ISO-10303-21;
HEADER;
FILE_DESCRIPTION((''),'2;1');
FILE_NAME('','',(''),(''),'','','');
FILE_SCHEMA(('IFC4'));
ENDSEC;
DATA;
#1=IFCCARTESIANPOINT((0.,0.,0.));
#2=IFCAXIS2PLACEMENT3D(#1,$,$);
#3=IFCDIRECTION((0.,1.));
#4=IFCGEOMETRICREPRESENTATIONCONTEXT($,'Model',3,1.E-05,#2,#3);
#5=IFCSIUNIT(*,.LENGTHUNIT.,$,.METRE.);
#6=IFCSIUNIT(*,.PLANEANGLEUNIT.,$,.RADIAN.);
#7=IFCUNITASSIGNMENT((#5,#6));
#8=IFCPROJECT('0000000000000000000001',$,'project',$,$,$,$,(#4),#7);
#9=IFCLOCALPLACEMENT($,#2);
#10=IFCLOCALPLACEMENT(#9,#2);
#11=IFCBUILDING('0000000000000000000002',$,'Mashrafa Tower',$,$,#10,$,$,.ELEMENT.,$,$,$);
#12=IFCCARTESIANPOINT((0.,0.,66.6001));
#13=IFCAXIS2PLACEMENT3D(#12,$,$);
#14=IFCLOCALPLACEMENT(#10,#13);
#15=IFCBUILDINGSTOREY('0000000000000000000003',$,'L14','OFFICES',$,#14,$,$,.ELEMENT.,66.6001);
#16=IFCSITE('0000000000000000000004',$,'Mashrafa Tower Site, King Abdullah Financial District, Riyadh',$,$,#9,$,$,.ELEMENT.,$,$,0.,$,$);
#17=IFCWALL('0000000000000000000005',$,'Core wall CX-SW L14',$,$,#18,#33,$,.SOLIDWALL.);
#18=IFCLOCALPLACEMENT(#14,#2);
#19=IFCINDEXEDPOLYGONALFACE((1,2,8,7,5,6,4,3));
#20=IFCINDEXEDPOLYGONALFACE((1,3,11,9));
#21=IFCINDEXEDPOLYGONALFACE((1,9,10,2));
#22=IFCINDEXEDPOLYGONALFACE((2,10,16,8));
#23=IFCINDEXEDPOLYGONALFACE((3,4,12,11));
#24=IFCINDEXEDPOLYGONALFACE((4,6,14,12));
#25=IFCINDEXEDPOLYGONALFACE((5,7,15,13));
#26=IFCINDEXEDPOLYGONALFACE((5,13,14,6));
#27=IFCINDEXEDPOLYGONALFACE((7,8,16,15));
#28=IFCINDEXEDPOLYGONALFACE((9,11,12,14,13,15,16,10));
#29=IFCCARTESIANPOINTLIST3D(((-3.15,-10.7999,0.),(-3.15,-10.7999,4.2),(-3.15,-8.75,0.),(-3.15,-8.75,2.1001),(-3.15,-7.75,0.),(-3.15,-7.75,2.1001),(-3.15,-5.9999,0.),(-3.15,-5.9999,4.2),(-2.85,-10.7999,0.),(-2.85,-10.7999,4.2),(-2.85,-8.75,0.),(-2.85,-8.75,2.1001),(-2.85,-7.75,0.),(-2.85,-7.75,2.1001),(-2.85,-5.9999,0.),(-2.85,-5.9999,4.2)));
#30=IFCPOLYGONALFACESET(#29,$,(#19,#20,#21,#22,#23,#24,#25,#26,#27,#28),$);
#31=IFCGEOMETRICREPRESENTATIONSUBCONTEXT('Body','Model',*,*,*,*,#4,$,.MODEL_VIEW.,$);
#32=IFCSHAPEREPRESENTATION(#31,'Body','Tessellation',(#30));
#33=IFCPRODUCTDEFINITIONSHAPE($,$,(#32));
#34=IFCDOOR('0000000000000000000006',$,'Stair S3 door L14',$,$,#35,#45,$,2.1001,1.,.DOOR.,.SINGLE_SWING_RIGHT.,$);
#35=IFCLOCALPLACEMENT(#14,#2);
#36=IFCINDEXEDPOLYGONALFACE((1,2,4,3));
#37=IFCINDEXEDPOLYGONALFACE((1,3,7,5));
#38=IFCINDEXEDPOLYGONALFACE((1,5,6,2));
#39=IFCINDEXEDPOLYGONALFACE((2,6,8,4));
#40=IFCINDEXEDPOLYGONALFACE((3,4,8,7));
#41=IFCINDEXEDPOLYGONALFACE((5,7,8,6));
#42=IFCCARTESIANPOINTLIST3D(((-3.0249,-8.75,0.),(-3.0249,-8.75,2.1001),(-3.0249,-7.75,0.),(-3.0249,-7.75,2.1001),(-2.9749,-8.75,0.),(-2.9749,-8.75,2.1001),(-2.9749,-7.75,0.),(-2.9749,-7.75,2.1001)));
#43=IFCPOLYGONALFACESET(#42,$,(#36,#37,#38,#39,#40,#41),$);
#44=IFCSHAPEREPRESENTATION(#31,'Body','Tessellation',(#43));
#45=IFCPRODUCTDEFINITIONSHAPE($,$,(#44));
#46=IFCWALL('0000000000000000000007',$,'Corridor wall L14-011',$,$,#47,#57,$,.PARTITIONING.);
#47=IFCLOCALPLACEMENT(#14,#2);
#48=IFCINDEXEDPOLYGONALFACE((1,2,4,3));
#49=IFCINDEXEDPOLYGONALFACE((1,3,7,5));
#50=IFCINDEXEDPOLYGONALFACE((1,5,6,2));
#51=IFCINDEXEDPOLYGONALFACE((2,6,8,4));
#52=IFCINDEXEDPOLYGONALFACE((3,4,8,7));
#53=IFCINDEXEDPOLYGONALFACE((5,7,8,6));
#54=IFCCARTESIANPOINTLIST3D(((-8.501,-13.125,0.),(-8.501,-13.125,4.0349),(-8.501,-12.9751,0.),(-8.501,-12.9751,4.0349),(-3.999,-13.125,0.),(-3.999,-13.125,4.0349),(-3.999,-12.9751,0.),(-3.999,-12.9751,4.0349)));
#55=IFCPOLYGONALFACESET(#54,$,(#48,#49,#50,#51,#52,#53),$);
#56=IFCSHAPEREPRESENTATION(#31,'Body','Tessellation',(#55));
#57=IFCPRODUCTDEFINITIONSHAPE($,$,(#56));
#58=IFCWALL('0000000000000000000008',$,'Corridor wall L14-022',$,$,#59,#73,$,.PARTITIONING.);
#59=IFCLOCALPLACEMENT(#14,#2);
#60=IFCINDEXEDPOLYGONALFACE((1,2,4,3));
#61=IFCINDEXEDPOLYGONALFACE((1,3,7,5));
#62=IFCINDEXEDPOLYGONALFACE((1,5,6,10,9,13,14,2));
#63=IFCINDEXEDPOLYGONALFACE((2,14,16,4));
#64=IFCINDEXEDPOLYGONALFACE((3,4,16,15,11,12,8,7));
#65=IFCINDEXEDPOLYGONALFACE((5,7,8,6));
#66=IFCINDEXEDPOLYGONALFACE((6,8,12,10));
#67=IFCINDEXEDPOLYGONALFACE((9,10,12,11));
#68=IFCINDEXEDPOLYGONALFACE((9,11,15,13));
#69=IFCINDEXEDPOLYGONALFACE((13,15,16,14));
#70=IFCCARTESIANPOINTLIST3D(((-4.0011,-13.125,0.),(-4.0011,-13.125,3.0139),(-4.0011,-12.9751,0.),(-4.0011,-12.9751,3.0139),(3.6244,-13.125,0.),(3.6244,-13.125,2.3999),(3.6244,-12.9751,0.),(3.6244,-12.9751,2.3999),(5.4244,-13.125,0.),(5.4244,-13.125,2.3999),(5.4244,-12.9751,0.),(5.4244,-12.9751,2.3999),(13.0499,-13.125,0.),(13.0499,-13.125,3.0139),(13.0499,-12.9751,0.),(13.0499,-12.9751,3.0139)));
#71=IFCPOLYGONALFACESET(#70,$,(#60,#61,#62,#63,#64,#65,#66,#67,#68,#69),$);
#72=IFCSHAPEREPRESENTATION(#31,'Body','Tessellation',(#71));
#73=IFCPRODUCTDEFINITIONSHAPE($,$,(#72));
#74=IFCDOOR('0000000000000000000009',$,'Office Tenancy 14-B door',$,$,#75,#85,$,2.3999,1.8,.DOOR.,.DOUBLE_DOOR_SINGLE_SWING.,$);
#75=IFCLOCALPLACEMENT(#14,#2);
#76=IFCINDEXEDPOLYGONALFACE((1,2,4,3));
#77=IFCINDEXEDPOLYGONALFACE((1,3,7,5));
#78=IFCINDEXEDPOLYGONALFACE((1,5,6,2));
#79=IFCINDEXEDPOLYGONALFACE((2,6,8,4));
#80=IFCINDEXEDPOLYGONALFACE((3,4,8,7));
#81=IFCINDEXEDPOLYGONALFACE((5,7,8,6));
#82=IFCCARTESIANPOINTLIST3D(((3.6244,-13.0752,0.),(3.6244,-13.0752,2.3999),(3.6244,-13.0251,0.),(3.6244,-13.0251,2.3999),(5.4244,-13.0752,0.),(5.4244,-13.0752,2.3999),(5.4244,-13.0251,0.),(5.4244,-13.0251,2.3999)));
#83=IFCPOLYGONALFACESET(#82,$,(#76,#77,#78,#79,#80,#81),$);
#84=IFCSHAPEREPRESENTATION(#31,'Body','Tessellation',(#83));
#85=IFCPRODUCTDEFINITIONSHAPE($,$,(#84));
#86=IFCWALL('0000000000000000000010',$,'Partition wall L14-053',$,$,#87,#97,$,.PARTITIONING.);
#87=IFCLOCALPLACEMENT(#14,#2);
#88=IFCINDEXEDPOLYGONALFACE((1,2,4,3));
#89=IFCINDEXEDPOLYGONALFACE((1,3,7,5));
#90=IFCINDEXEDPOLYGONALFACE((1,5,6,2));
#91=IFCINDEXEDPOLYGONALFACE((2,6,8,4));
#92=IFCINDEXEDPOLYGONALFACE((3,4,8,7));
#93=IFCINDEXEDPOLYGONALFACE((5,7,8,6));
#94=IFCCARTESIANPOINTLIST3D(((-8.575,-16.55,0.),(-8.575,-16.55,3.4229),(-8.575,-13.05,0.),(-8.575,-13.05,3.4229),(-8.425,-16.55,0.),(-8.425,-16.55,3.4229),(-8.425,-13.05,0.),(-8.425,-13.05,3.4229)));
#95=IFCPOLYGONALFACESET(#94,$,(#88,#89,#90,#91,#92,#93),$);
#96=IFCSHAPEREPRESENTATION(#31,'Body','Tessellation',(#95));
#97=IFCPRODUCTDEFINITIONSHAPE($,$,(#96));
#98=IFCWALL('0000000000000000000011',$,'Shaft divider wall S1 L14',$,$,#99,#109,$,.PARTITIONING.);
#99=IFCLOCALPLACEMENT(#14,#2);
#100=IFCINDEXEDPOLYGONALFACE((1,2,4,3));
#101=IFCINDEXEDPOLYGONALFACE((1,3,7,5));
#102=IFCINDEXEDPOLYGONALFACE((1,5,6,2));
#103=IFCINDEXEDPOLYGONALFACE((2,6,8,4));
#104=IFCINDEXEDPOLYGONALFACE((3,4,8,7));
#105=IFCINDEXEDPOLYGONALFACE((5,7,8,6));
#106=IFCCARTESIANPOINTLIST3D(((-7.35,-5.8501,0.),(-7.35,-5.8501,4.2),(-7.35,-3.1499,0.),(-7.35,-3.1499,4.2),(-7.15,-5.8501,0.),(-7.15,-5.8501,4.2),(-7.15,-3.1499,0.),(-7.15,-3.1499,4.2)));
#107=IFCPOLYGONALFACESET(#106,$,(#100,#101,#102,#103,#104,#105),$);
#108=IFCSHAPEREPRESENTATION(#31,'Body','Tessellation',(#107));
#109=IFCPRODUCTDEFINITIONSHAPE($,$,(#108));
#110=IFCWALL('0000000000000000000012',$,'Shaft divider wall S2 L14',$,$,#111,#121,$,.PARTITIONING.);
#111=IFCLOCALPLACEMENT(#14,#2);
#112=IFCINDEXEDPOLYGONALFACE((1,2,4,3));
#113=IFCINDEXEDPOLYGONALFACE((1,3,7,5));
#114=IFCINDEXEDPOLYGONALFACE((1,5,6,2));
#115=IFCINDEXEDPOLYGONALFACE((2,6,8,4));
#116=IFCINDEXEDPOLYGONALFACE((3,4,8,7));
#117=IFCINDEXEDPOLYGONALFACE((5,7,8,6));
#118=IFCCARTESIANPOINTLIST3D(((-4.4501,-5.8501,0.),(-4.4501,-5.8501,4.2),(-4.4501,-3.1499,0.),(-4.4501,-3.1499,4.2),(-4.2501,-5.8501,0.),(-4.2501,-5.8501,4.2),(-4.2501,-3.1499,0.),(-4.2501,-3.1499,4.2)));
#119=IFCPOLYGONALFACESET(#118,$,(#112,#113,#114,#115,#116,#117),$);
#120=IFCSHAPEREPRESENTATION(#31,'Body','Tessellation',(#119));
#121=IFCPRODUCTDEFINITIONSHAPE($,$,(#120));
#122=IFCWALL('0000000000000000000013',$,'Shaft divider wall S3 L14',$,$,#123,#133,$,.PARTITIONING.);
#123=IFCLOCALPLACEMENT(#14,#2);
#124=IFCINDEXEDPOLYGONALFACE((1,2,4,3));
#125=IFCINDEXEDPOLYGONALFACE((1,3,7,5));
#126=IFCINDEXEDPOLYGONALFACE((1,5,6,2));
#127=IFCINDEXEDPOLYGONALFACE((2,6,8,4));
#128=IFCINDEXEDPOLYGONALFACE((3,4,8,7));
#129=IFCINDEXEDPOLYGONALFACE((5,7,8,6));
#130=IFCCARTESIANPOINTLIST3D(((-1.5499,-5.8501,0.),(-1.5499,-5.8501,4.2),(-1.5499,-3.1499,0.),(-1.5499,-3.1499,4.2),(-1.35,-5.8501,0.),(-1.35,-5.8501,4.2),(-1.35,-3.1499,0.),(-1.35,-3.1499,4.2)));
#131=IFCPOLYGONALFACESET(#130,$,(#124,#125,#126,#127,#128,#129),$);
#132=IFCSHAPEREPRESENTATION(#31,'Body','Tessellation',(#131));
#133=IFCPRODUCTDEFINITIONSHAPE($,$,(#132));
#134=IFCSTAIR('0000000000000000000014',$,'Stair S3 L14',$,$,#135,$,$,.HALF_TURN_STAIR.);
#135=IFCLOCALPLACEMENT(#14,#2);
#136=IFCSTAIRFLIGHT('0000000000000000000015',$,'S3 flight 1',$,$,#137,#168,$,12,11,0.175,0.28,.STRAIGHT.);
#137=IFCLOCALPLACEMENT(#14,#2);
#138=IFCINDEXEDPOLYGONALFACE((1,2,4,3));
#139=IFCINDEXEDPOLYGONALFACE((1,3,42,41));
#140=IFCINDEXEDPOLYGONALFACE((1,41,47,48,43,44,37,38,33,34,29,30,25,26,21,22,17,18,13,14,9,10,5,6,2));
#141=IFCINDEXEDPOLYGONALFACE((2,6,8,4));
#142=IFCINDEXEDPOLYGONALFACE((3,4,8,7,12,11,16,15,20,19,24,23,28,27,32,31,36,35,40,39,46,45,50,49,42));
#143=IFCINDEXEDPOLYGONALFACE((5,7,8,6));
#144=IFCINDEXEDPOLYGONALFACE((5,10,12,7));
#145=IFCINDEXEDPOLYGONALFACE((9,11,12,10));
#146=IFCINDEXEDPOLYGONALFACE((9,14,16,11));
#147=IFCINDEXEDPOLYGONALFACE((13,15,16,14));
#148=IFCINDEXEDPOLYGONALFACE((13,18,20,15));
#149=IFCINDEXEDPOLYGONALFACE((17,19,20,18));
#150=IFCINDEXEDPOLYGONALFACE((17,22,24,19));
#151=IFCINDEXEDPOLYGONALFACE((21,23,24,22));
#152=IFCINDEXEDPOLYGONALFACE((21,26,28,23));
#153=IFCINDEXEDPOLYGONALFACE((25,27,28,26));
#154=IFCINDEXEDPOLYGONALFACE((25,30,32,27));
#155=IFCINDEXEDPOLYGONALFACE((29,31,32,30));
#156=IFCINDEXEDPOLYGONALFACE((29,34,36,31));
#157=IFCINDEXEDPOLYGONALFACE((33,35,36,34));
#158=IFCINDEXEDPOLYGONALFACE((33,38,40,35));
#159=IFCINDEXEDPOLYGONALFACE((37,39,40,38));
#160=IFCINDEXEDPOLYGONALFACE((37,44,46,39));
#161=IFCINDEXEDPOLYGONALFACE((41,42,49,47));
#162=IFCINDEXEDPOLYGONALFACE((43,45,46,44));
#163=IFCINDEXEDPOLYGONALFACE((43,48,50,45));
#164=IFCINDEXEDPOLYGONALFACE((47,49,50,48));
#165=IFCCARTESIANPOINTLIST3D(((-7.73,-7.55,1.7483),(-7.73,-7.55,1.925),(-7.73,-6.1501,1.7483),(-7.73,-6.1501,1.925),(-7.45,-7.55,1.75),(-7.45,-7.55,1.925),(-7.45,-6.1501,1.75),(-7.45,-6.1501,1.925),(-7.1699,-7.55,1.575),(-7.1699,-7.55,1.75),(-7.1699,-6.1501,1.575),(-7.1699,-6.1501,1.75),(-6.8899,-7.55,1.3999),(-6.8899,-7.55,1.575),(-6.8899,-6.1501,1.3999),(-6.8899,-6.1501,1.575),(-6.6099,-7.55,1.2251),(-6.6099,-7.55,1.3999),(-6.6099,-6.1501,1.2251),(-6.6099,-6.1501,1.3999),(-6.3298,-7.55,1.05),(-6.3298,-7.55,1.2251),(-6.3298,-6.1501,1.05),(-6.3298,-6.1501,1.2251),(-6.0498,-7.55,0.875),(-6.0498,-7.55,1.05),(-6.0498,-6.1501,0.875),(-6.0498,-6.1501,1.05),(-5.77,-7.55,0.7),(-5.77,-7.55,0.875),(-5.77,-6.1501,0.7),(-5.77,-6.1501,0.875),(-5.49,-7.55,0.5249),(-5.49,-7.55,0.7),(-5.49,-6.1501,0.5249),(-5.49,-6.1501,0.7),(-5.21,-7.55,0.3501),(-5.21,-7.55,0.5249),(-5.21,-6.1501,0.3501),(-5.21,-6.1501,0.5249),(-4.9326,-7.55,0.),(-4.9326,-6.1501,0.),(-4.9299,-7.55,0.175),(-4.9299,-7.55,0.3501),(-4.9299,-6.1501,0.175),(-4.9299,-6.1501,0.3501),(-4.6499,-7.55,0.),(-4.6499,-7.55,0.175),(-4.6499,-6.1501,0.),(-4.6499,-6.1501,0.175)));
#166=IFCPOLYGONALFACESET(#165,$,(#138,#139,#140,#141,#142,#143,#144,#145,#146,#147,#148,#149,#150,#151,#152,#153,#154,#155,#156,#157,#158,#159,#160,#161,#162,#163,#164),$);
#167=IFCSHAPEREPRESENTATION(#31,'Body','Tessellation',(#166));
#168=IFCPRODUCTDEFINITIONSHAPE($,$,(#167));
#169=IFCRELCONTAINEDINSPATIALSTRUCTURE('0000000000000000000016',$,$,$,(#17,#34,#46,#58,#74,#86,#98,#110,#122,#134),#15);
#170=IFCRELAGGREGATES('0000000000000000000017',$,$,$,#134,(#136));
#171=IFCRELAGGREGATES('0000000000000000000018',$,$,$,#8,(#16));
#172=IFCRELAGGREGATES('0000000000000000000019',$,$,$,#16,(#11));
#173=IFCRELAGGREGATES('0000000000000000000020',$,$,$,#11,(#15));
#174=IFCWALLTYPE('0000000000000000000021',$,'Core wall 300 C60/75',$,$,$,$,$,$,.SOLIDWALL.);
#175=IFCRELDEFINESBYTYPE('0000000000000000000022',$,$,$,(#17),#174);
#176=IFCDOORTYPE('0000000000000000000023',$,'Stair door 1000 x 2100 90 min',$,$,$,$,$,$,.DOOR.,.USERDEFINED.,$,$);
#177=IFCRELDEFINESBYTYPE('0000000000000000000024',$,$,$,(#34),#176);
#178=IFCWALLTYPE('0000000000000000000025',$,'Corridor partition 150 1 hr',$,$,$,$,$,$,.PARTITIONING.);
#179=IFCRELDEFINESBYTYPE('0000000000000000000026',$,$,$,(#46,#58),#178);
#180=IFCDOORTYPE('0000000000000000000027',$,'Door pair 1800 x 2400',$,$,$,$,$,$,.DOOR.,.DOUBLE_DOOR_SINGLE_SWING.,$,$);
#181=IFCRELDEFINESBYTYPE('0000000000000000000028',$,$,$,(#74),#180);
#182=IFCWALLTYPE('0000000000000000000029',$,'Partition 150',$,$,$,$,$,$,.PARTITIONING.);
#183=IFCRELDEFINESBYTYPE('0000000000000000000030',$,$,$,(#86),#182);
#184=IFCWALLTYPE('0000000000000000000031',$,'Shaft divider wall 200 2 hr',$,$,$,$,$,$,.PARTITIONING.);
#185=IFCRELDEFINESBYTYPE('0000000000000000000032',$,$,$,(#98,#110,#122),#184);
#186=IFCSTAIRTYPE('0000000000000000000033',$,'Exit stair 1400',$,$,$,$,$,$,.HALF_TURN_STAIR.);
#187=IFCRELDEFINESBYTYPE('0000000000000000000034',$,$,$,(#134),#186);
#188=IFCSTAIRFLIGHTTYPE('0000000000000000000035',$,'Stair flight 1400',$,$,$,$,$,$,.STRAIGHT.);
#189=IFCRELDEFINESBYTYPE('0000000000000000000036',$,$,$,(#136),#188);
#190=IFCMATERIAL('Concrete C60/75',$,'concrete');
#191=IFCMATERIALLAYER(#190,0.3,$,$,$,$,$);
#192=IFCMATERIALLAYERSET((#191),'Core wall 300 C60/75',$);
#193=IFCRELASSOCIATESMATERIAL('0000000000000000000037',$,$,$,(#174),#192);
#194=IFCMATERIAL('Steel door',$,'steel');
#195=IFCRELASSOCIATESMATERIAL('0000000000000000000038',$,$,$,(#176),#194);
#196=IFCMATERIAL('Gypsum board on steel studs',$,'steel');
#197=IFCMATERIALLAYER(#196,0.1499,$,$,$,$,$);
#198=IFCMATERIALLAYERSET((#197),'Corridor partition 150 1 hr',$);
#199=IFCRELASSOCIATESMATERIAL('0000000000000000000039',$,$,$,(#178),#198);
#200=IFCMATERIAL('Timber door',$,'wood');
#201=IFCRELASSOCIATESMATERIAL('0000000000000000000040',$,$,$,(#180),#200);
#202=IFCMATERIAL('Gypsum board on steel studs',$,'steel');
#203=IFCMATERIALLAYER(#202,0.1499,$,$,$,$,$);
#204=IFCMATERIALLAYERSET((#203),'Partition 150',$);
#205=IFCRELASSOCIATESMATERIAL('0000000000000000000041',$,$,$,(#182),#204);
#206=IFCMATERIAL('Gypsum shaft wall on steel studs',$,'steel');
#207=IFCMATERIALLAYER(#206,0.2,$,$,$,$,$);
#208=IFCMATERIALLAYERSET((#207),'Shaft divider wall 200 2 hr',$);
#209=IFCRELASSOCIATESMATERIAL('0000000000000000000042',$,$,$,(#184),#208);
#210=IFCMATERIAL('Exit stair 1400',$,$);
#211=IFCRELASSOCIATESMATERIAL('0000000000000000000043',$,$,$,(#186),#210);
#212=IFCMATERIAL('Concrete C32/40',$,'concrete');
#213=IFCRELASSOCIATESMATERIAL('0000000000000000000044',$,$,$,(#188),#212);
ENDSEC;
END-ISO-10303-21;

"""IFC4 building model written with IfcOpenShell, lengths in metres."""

from ifc_helpers import new_model, si_unit, direction, frame, frame_2d, origin, place, context, subcontext, project, spatial, polyline, rectangle, outline, extrude, material, layer, layer_set, type_object, element, fill, aggregate, save


model = new_model("IFC4")

# Units and contexts
model_context = context("Model", 3, precision=1e-05, world=origin(), true_north=direction((0.0, 1.0)))
body_context = subcontext(model_context, "Body", "Model", "MODEL_VIEW")
ifc_project = project(units=[si_unit("LENGTHUNIT", "METRE"), si_unit("PLANEANGLEUNIT", "RADIAN")], contexts=[model_context])

# Site, building, storey
site_placement = place(None, origin())
site = spatial("IfcSite", under=ifc_project, at=site_placement, Name="Mashrafa Tower Site, King Abdullah Financial District, Riyadh", CompositionType="ELEMENT", RefElevation=0.0)
building_placement = place(site_placement, origin())
building = spatial("IfcBuilding", under=site, at=building_placement, Name="Mashrafa Tower", CompositionType="ELEMENT")
storey_placement = place(building_placement, frame((0.0, 0.0, 66.6001)))
storey = spatial("IfcBuildingStorey", under=building, at=storey_placement, Name="L14", Description="OFFICES", CompositionType="ELEMENT", Elevation=66.6001)

# Shared definitions
ifc_material_1 = material(Name="Concrete C60/75", Category="concrete")
ifc_layer_1 = layer(ifc_material_1, 0.3)
ifc_layer_set_1 = layer_set([ifc_layer_1], Name="Core wall 300 C60/75")
wall_type_1 = type_object("IfcWallType", Name="Core wall 300 C60/75", PredefinedType="SOLIDWALL", material=ifc_layer_set_1)

# Wall, opening, door
wall_1_placement = place(storey_placement, frame((-3.0, -6.0, 0.0), z_axis=(0.0, 0.0, 1.0), x_axis=(0.0, -1.0, 0.0)))
wall_1 = element("IfcWall", 1, at=wall_1_placement, inside=storey, type_object=wall_type_1, Name="Core wall CX-SW L14", PredefinedType="SOLIDWALL", context=body_context, shape_type="SweptSolid", body=[
    extrude(rectangle(XDim=4.8, YDim=0.3, at=frame_2d((2.3999, 0.0))), origin(), (0.0, 0.0, 1.0), 4.2),
])
opening_1_placement = place(wall_1_placement, frame((1.75, 0.0, 0.0)))
opening_1 = element("IfcOpeningElement", 2, at=opening_1_placement, cuts=wall_1, PredefinedType="OPENING", context=body_context, shape_type="SweptSolid", body=[
    extrude(rectangle(XDim=1.0, YDim=2.1001, at=frame_2d((0.5, 1.05))), frame((0.0, 0.1599, 0.0), z_axis=(0.0, -1.0, 0.0), x_axis=(1.0, 0.0, 0.0)), (0.0, 0.0, 1.0), 0.3201),
])
ifc_material_2 = material(Name="Steel door", Category="steel")
door_type_1 = type_object("IfcDoorType", Name="Stair door 1000 x 2100 90 min", OperationType="USERDEFINED", PredefinedType="DOOR", material=ifc_material_2)
door_1_placement = place(opening_1_placement, frame((1.0, 0.0, 0.0), z_axis=(0.0, 0.0, 1.0), x_axis=(-1.0, 0.0, 0.0)))
door_1 = element("IfcDoor", 3, at=door_1_placement, inside=storey, type_object=door_type_1, Name="Stair S3 door L14", OperationType="SINGLE_SWING_RIGHT", OverallHeight=2.1001, OverallWidth=1.0, PredefinedType="DOOR", context=body_context, shape_type="SweptSolid", body=[
    extrude(rectangle(XDim=1.0, YDim=2.1001, at=frame_2d((0.5, 1.05))), frame((0.0, 0.0249, 0.0), z_axis=(0.0, -1.0, 0.0), x_axis=(1.0, 0.0, 0.0)), (0.0, 0.0, 1.0), 0.05),
])
fill(opening_1, door_1)

# Wall
ifc_material_3 = material(Name="Gypsum board on steel studs", Category="steel")
ifc_layer_2 = layer(ifc_material_3, 0.1499)
ifc_layer_set_2 = layer_set([ifc_layer_2], Name="Corridor partition 150 1 hr")
wall_type_2 = type_object("IfcWallType", Name="Corridor partition 150 1 hr", PredefinedType="PARTITIONING", material=ifc_layer_set_2)
wall_2_placement = place(storey_placement, frame((-8.501, -13.05, 0.0), z_axis=(0.0, 0.0, 1.0), x_axis=(1.0, 0.0, 0.0)))
element("IfcWall", 4, at=wall_2_placement, inside=storey, type_object=wall_type_2, Name="Corridor wall L14-011", PredefinedType="PARTITIONING", context=body_context, shape_type="SweptSolid", body=[
    extrude(rectangle(XDim=4.502, YDim=0.1499, at=frame_2d((2.251, 0.0))), origin(), (0.0, 0.0, 1.0), 4.0349),
])

# Wall, opening, door
wall_3_placement = place(storey_placement, frame((-4.001, -13.05, 0.0), z_axis=(0.0, 0.0, 1.0), x_axis=(1.0, 0.0, 0.0)))
wall_3 = element("IfcWall", 5, at=wall_3_placement, inside=storey, type_object=wall_type_2, Name="Corridor wall L14-022", PredefinedType="PARTITIONING", context=body_context, shape_type="SweptSolid", body=[
    extrude(rectangle(XDim=17.051, YDim=0.1499, at=frame_2d((8.5254, 0.0))), origin(), (0.0, 0.0, 1.0), 3.0139),
])
opening_2_placement = place(wall_3_placement, frame((7.6255, 0.0, 0.0)))
opening_2 = element("IfcOpeningElement", 6, at=opening_2_placement, cuts=wall_3, PredefinedType="OPENING", context=body_context, shape_type="SweptSolid", body=[
    extrude(rectangle(XDim=1.8, YDim=2.3999, at=frame_2d((0.8999, 1.2))), frame((0.0, 0.085, 0.0), z_axis=(0.0, -1.0, 0.0), x_axis=(1.0, 0.0, 0.0)), (0.0, 0.0, 1.0), 0.1699),
])
ifc_material_4 = material(Name="Timber door", Category="wood")
door_type_2 = type_object("IfcDoorType", Name="Door pair 1800 x 2400", OperationType="DOUBLE_DOOR_SINGLE_SWING", PredefinedType="DOOR", material=ifc_material_4)
door_2_placement = place(opening_2_placement, origin())
door_2 = element("IfcDoor", 7, at=door_2_placement, inside=storey, type_object=door_type_2, Name="Office Tenancy 14-B door", OperationType="DOUBLE_DOOR_SINGLE_SWING", OverallHeight=2.3999, OverallWidth=1.8, PredefinedType="DOOR", context=body_context, shape_type="SweptSolid", body=[
    extrude(rectangle(XDim=1.8, YDim=2.3999, at=frame_2d((0.8999, 1.2))), frame((0.0, 0.0249, 0.0), z_axis=(0.0, -1.0, 0.0), x_axis=(1.0, 0.0, 0.0)), (0.0, 0.0, 1.0), 0.05),
])
fill(opening_2, door_2)

# Walls
ifc_material_5 = material(Name="Gypsum board on steel studs", Category="steel")
ifc_layer_3 = layer(ifc_material_5, 0.1499)
ifc_layer_set_3 = layer_set([ifc_layer_3], Name="Partition 150")
wall_type_3 = type_object("IfcWallType", Name="Partition 150", PredefinedType="PARTITIONING", material=ifc_layer_set_3)
wall_4_placement = place(storey_placement, frame((-8.5, -13.05, 0.0), z_axis=(0.0, 0.0, 1.0), x_axis=(0.0, -1.0, 0.0)))
element("IfcWall", 8, at=wall_4_placement, inside=storey, type_object=wall_type_3, Name="Partition wall L14-053", PredefinedType="PARTITIONING", context=body_context, shape_type="SweptSolid", body=[
    extrude(rectangle(XDim=3.5, YDim=0.1499, at=frame_2d((1.75, 0.0))), origin(), (0.0, 0.0, 1.0), 3.4229),
])
ifc_material_6 = material(Name="Gypsum shaft wall on steel studs", Category="steel")
ifc_layer_4 = layer(ifc_material_6, 0.2)
ifc_layer_set_4 = layer_set([ifc_layer_4], Name="Shaft divider wall 200 2 hr")
wall_type_4 = type_object("IfcWallType", Name="Shaft divider wall 200 2 hr", PredefinedType="PARTITIONING", material=ifc_layer_set_4)
for number, where, z_axis, x_axis, name in (
    (9, (-7.25, -5.8501, 0.0), (0.0, 0.0, 1.0), (0.0, 1.0, 0.0), "Shaft divider wall S1 L14"),
    (10, (-4.3501, -5.8501, 0.0), (0.0, 0.0, 1.0), (0.0, 1.0, 0.0), "Shaft divider wall S2 L14"),
    (11, (-1.45, -5.8501, 0.0), (0.0, 0.0, 1.0), (0.0, 1.0, 0.0), "Shaft divider wall S3 L14"),
):
    element("IfcWall", number, at=place(storey_placement, frame(where, z_axis=z_axis, x_axis=x_axis)), inside=storey, type_object=wall_type_4, Name=name, PredefinedType="PARTITIONING", context=body_context, shape_type="SweptSolid", body=[
        extrude(rectangle(XDim=2.7002, YDim=0.2, at=frame_2d((1.3501, 0.0))), origin(), (0.0, 0.0, 1.0), 4.2),
    ])

# Stair, stair flight
ifc_material_7 = material(Name="Exit stair 1400")
stair_type = type_object("IfcStairType", Name="Exit stair 1400", PredefinedType="HALF_TURN_STAIR", material=ifc_material_7)
stair_placement = place(storey_placement, origin())
stair = element("IfcStair", 12, at=stair_placement, inside=storey, type_object=stair_type, Name="Stair S3 L14", PredefinedType="HALF_TURN_STAIR")
ifc_material_8 = material(Name="Concrete C32/40", Category="concrete")
stair_flight_type = type_object("IfcStairFlightType", Name="Stair flight 1400", PredefinedType="STRAIGHT", material=ifc_material_8)
stair_flight_1_placement = place(storey_placement, frame((-4.6499, -6.8501, 0.0), z_axis=(0.0, 0.0, 1.0), x_axis=(-1.0, 0.0, 0.0)))
stair_flight_1 = element("IfcStairFlight", 13, at=stair_flight_1_placement, type_object=stair_flight_type, Name="S3 flight 1", NumberOfRisers=12, NumberOfTreads=11, PredefinedType="STRAIGHT", RiserHeight=0.175, TreadLength=0.28, context=body_context, shape_type="SweptSolid", body=[
    extrude(outline(polyline([(0.0, 0.0), (0.0, 0.175), (0.28, 0.175), (0.28, 0.3501), (0.5601, 0.3501), (0.5601, 0.5249), (0.8401, 0.5249), (0.8401, 0.7), (1.1201, 0.7), (1.1201, 0.875), (1.3999, 0.875), (1.3999, 1.05), (1.6799, 1.05), (1.6799, 1.2251), (1.96, 1.2251), (1.96, 1.3999), (2.24, 1.3999), (2.24, 1.575), (2.52, 1.575), (2.52, 1.75), (2.8, 1.75), (2.8, 1.925), (3.0801, 1.925), (3.0801, 2.1001), (3.0801, 1.7483), (0.2827, 0.0), (0.0, 0.0)])), frame((0.0, 0.7, 0.0), z_axis=(0.0, -1.0, 0.0), x_axis=(1.0, 0.0, 0.0)), (0.0, 0.0, 1.0), 1.3999),
])
aggregate(stair, [stair_flight_1])

save(model, "model.ifc")
